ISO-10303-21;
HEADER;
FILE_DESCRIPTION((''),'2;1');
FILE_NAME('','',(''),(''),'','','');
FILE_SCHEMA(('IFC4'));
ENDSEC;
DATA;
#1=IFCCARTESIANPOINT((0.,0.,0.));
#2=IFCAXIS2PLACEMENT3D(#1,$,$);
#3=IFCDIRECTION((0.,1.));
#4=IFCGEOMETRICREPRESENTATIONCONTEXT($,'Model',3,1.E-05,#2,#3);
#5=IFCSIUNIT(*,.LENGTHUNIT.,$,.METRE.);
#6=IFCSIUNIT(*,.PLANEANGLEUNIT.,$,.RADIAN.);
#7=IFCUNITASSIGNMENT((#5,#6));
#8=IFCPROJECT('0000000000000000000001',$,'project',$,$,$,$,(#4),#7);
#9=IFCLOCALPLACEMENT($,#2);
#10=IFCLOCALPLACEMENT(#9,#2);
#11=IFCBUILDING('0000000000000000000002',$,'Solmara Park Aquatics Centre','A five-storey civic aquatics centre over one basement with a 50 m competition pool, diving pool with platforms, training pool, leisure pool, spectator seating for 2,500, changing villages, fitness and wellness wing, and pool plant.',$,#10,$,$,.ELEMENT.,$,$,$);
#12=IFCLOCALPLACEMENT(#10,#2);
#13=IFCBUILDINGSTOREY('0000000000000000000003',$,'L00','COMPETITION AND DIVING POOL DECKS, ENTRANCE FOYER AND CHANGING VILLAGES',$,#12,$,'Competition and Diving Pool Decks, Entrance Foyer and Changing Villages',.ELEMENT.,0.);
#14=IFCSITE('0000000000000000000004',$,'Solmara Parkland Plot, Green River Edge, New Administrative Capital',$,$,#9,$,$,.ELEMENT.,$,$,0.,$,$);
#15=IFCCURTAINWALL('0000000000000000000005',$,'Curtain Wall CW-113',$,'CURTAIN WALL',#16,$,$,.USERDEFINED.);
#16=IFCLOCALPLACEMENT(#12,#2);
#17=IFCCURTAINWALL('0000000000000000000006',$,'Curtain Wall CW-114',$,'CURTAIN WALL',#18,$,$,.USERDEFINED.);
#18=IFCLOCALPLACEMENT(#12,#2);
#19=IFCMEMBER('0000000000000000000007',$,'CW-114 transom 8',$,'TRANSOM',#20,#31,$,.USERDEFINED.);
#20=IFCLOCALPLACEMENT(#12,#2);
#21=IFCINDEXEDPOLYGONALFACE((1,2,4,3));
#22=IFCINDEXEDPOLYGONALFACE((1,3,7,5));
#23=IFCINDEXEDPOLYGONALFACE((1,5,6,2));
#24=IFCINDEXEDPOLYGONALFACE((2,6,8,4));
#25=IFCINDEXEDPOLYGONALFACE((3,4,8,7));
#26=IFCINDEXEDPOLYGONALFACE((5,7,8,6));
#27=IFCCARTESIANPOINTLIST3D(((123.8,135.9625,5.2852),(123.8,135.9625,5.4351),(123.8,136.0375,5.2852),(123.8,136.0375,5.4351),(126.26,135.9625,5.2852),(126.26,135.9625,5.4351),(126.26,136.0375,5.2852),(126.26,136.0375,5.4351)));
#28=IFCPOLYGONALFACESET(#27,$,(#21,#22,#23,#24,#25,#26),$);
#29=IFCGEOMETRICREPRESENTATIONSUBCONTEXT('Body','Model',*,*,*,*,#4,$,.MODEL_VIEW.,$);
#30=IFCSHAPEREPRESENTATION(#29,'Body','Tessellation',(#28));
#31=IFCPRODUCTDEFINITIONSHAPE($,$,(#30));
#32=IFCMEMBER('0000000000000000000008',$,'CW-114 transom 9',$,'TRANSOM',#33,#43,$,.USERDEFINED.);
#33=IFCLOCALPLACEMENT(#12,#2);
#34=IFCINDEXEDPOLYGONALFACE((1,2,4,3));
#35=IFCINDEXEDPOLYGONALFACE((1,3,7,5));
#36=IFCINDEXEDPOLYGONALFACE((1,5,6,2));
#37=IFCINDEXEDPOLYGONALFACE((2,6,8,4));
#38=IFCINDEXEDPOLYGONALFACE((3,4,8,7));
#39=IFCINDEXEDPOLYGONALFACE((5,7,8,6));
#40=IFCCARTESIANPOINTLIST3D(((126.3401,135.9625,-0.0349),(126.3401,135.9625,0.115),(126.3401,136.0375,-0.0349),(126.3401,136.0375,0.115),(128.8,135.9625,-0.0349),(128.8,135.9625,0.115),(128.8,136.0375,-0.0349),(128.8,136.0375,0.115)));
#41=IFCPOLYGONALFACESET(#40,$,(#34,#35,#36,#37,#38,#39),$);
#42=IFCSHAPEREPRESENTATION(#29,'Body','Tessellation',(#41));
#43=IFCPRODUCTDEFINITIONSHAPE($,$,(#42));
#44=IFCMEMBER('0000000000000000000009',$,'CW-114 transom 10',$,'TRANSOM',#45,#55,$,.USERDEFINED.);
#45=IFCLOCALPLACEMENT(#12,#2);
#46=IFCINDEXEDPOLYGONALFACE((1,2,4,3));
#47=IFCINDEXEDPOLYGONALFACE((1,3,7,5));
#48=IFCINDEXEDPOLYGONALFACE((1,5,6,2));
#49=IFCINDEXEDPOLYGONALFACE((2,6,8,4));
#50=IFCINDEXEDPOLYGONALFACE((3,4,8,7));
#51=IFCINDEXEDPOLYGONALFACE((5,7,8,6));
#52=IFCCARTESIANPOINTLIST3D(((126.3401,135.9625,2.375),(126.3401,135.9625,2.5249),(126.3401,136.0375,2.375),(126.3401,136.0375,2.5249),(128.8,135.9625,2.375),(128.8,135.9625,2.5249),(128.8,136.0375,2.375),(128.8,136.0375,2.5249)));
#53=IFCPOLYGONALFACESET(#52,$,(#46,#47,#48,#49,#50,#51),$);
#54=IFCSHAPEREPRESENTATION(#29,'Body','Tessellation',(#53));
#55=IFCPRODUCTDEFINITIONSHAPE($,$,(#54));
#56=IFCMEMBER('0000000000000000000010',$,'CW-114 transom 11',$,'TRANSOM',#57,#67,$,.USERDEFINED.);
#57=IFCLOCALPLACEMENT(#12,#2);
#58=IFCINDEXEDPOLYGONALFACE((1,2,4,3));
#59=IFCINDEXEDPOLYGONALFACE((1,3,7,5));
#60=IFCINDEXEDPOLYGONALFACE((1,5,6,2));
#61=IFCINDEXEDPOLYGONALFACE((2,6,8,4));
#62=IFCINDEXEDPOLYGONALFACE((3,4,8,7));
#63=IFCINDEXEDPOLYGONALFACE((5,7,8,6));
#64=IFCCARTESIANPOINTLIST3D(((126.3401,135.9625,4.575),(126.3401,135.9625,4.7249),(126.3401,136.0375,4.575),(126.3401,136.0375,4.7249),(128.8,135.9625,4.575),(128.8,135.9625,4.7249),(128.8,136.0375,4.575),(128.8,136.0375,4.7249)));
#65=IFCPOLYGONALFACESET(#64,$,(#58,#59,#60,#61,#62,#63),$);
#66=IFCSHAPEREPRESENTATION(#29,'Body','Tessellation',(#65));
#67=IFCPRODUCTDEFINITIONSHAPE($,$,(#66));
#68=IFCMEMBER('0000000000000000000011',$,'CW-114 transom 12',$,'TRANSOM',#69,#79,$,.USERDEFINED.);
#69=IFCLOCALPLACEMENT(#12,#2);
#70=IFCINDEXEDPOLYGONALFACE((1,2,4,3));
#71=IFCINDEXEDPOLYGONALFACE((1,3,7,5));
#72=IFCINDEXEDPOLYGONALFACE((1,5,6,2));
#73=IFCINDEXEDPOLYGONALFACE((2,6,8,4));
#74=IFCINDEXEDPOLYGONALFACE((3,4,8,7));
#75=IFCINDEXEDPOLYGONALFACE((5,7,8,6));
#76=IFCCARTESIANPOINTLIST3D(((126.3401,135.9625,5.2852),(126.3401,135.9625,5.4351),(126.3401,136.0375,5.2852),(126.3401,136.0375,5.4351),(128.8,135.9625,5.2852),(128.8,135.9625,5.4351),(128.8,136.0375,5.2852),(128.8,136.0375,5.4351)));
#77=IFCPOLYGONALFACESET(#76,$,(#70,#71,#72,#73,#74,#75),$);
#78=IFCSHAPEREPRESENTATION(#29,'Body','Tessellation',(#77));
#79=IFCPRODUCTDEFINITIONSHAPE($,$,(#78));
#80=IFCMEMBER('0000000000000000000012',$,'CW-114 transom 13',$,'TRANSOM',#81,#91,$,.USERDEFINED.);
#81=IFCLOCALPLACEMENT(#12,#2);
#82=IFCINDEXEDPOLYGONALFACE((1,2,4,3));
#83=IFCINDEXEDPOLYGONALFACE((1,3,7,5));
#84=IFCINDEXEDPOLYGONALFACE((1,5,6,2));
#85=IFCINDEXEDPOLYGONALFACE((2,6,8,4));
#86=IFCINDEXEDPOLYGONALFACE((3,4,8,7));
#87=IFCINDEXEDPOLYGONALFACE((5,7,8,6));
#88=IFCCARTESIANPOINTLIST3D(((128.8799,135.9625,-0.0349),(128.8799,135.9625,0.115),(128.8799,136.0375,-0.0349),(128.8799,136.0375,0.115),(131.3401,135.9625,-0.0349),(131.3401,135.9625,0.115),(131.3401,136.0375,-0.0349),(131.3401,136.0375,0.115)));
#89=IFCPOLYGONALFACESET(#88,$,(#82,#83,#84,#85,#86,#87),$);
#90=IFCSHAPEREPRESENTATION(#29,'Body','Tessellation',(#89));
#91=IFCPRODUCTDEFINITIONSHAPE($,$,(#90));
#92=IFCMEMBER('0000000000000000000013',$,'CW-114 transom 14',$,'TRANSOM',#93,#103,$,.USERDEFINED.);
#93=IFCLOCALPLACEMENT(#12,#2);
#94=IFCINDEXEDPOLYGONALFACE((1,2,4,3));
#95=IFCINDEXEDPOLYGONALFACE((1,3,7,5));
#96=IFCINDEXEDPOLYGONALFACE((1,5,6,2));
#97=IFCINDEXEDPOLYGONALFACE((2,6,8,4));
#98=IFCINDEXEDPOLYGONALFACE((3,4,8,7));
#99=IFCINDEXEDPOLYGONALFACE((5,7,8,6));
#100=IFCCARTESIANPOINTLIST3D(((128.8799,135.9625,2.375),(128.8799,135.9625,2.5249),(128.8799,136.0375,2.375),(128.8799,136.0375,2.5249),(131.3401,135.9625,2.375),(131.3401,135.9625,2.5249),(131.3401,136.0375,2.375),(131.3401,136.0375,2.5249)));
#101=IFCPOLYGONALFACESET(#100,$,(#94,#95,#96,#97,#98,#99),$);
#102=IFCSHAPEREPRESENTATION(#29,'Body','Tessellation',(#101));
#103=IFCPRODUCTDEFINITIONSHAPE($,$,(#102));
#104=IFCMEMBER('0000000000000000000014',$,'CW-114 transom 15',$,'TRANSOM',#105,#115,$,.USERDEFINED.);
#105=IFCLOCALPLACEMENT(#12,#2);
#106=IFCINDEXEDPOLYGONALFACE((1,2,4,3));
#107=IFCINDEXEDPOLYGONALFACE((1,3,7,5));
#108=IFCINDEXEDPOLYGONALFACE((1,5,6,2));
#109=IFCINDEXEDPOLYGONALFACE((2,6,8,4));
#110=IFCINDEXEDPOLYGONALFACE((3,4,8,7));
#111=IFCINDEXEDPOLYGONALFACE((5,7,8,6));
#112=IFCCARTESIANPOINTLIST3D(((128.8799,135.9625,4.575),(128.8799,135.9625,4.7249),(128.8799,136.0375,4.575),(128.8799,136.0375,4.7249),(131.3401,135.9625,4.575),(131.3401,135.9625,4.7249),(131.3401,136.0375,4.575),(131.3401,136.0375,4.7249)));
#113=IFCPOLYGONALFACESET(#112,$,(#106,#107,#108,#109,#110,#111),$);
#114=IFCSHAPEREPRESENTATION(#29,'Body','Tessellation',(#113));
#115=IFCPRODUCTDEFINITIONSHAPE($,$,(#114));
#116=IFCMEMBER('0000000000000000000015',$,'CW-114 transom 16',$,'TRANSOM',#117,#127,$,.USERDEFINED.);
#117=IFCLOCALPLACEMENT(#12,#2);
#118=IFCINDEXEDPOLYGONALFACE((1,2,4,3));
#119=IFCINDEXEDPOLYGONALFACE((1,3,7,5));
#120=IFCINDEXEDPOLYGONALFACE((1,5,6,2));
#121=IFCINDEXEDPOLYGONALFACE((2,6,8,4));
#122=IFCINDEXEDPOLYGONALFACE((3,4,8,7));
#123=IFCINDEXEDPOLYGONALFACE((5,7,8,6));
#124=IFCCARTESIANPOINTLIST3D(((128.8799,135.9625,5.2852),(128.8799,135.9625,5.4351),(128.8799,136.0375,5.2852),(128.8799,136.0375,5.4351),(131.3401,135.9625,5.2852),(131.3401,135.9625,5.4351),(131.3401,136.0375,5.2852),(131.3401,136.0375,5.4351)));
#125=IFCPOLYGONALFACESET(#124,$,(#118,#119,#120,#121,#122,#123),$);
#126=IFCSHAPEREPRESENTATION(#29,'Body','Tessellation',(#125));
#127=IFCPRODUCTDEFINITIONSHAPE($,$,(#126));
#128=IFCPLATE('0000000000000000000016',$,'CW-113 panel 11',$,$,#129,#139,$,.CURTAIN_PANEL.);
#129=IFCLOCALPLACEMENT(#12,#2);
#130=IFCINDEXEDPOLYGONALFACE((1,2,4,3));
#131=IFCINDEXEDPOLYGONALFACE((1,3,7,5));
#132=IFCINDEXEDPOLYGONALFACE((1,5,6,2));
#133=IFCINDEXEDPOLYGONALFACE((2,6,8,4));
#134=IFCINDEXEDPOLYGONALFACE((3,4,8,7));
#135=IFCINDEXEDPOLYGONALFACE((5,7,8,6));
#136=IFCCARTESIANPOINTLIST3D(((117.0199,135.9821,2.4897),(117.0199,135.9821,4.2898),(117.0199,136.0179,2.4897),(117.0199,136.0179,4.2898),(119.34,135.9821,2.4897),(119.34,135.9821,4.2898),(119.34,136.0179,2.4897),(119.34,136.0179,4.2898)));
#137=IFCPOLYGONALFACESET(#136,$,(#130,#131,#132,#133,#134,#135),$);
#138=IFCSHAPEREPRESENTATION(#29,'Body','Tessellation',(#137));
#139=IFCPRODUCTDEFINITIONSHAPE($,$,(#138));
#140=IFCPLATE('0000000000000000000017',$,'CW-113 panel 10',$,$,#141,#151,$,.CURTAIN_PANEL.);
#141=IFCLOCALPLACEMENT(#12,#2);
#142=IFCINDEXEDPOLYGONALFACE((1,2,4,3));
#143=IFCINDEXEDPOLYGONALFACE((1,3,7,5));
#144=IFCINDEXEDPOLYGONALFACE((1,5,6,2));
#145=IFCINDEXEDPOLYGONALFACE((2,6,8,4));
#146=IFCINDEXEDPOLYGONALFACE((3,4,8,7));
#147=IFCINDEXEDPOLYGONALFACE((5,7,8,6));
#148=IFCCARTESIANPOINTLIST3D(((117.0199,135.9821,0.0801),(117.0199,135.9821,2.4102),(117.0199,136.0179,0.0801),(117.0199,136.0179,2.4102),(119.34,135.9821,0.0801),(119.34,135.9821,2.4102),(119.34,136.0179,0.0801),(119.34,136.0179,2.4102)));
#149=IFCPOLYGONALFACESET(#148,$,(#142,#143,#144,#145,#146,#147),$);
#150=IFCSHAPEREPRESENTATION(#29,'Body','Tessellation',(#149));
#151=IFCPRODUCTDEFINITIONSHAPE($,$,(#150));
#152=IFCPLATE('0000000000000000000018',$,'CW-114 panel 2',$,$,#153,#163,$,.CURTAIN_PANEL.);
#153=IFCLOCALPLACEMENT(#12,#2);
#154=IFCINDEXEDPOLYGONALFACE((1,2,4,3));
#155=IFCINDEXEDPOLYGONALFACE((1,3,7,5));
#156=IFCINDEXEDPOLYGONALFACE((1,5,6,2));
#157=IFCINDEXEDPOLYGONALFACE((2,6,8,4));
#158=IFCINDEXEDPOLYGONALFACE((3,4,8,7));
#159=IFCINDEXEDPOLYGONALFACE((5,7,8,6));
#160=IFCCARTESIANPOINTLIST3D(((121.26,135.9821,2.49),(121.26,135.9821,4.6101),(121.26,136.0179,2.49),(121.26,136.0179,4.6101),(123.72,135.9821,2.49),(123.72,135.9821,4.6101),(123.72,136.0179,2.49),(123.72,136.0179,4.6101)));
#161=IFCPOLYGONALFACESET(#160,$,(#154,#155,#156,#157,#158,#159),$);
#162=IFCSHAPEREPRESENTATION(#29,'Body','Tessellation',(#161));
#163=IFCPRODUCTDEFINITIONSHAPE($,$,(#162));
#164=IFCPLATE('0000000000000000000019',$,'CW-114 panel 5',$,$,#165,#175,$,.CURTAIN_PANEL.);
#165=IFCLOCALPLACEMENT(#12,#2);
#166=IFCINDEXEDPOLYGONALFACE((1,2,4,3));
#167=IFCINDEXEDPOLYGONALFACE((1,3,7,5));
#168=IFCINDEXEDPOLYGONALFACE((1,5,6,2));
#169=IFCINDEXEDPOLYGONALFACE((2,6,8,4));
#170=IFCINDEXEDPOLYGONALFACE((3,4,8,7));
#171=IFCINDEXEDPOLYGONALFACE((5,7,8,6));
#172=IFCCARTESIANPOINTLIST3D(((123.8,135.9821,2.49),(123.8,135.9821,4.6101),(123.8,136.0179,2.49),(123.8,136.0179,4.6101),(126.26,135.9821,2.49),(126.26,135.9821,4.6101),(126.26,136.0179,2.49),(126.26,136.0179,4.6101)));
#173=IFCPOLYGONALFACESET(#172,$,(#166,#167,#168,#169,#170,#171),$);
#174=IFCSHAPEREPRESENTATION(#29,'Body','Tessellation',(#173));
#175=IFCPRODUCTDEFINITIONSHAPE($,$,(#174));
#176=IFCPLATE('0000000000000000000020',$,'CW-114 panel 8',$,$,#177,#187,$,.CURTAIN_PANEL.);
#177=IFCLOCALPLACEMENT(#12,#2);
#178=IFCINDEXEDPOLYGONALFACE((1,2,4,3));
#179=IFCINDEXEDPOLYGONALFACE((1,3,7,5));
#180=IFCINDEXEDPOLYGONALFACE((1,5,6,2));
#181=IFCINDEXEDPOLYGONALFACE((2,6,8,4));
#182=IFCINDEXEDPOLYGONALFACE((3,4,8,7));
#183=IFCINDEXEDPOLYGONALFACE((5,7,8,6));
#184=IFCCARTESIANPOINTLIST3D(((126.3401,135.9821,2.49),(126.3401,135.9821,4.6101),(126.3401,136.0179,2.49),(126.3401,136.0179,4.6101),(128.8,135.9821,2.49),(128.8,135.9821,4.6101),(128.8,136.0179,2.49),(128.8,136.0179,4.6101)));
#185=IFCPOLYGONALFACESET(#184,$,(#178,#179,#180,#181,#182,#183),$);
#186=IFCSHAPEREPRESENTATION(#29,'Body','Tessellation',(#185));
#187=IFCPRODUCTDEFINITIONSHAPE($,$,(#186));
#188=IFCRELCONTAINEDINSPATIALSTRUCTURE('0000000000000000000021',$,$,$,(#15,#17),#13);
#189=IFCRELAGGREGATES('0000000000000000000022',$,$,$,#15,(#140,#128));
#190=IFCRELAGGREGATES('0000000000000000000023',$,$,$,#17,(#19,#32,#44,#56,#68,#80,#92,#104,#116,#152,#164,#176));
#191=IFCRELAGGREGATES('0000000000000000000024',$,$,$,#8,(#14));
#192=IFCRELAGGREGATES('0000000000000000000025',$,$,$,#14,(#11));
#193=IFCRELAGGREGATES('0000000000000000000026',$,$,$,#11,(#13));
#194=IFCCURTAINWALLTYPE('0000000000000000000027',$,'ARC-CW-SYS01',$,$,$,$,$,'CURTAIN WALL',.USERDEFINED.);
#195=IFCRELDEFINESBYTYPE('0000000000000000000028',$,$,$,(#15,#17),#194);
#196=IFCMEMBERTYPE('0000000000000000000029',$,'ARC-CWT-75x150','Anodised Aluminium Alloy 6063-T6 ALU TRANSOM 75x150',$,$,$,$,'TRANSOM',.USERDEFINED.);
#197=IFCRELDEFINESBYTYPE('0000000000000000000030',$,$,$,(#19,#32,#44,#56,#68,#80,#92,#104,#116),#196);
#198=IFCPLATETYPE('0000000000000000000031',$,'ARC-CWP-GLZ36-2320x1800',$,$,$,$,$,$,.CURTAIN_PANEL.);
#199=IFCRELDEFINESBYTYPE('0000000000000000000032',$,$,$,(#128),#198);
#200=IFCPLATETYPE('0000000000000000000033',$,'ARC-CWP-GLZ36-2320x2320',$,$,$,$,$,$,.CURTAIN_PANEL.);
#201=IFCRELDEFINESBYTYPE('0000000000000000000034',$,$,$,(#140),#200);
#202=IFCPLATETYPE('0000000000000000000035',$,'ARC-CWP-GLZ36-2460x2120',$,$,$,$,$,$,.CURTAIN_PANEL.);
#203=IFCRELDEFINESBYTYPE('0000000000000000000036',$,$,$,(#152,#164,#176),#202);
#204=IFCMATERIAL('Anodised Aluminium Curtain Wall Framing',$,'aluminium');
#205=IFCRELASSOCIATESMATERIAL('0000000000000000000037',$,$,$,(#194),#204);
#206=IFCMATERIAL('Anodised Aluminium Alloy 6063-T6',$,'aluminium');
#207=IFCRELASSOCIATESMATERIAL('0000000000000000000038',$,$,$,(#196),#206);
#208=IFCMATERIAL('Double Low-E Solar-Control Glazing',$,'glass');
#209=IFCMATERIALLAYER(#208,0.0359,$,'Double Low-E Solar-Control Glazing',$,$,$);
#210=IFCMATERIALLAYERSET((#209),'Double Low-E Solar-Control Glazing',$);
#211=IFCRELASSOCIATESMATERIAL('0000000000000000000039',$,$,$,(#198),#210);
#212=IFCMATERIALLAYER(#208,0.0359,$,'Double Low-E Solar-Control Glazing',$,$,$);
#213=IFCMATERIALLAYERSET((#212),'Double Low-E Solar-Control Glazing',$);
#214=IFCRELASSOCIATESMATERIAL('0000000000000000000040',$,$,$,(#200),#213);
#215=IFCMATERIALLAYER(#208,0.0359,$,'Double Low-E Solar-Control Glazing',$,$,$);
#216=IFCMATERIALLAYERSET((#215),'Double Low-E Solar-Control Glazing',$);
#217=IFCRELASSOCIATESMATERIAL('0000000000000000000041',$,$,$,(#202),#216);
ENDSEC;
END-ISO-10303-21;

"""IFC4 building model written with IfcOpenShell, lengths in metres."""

from ifc_helpers import new_model, si_unit, direction, frame, origin, origin_2d, place, context, subcontext, project, spatial, rectangle, extrude, material, layer, layer_set, material_profile, profile_set, type_object, element, aggregate, save


model = new_model("IFC4")

# Units and contexts
model_context = context("Model", 3, precision=1e-05, world=origin(), true_north=direction((0.0, 1.0)))
body_context = subcontext(model_context, "Body", "Model", "MODEL_VIEW")
ifc_project = project(units=[si_unit("LENGTHUNIT", "METRE"), si_unit("PLANEANGLEUNIT", "RADIAN")], contexts=[model_context])

# Site, building, storey
site_placement = place(None, origin())
site = spatial("IfcSite", under=ifc_project, at=site_placement, Name="Solmara Parkland Plot, Green River Edge, New Administrative Capital", CompositionType="ELEMENT", RefElevation=0.0)
building_placement = place(site_placement, origin())
building = spatial("IfcBuilding", under=site, at=building_placement, Name="Solmara Park Aquatics Centre", Description="A five-storey civic aquatics centre over one basement with a 50 m competition pool, diving pool with platforms, training pool, leisure pool, spectator seating for 2,500, changing villages, fitness and wellness wing, and pool plant.", CompositionType="ELEMENT")
storey_placement = place(building_placement, origin())
storey = spatial("IfcBuildingStorey", under=building, at=storey_placement, Name="L00", Description="COMPETITION AND DIVING POOL DECKS, ENTRANCE FOYER AND CHANGING VILLAGES", LongName="Competition and Diving Pool Decks, Entrance Foyer and Changing Villages", CompositionType="ELEMENT", Elevation=0.0)

# Curtain wall
ifc_material_1 = material(Name="Anodised Aluminium Curtain Wall Framing", Category="aluminium")
curtain_wall_type = type_object("IfcCurtainWallType", Name="ARC-CW-SYS01", ElementType="CURTAIN WALL", PredefinedType="USERDEFINED", material=ifc_material_1)
curtain_wall_1_placement = place(storey_placement, origin())
curtain_wall_1 = element("IfcCurtainWall", 1, at=curtain_wall_1_placement, inside=storey, type_object=curtain_wall_type, Name="Curtain Wall CW-113", ObjectType="CURTAIN WALL", PredefinedType="USERDEFINED")
ifc_material_2 = material(Name="Anodised Aluminium Alloy 6063-T6", Category="aluminium")

# Curtain wall
curtain_wall_2_placement = place(storey_placement, origin())
curtain_wall_2 = element("IfcCurtainWall", 2, at=curtain_wall_2_placement, inside=storey, type_object=curtain_wall_type, Name="Curtain Wall CW-114", ObjectType="CURTAIN WALL", PredefinedType="USERDEFINED")

# Members
ifc_material_profile_1 = material_profile(ifc_material_2, rectangle(XDim=0.075, YDim=0.1499, at=origin_2d()), Name="ALU TRANSOM 75x150")
ifc_profile_set_1 = profile_set([ifc_material_profile_1], Name="Anodised Aluminium Alloy 6063-T6")
member_type_1 = type_object("IfcMemberType", Name="ARC-CWT-75x150", Description="Anodised Aluminium Alloy 6063-T6 ALU TRANSOM 75x150", ElementType="TRANSOM", PredefinedType="USERDEFINED", material=ifc_profile_set_1)
member_1_placement = place(storey_placement, frame((123.8, 136.0, 5.3601), z_axis=(1.0, 0.0, 0.0), x_axis=(0.0, 1.0, 0.0)))
member_1 = element("IfcMember", 3, at=member_1_placement, type_object=member_type_1, Name="CW-114 transom 8", ObjectType="TRANSOM", PredefinedType="USERDEFINED", context=body_context, shape_type="SweptSolid", body=[
    extrude(rectangle(XDim=0.075, YDim=0.1499, at=origin_2d()), origin(), (0.0, 0.0, 1.0), 2.46),
])
member_2_placement = place(storey_placement, frame((126.3401, 136.0, 0.04), z_axis=(1.0, 0.0, 0.0), x_axis=(0.0, 1.0, 0.0)))
member_2 = element("IfcMember", 4, at=member_2_placement, type_object=member_type_1, Name="CW-114 transom 9", ObjectType="TRANSOM", PredefinedType="USERDEFINED", context=body_context, shape_type="SweptSolid", body=[
    extrude(rectangle(XDim=0.075, YDim=0.1499, at=origin_2d()), origin(), (0.0, 0.0, 1.0), 2.46),
])
member_3_placement = place(storey_placement, frame((126.3401, 136.0, 2.45), z_axis=(1.0, 0.0, 0.0), x_axis=(0.0, 1.0, 0.0)))
member_3 = element("IfcMember", 5, at=member_3_placement, type_object=member_type_1, Name="CW-114 transom 10", ObjectType="TRANSOM", PredefinedType="USERDEFINED", context=body_context, shape_type="SweptSolid", body=[
    extrude(rectangle(XDim=0.075, YDim=0.1499, at=origin_2d()), origin(), (0.0, 0.0, 1.0), 2.46),
])
member_4_placement = place(storey_placement, frame((126.3401, 136.0, 4.6499), z_axis=(1.0, 0.0, 0.0), x_axis=(0.0, 1.0, 0.0)))
member_4 = element("IfcMember", 6, at=member_4_placement, type_object=member_type_1, Name="CW-114 transom 11", ObjectType="TRANSOM", PredefinedType="USERDEFINED", context=body_context, shape_type="SweptSolid", body=[
    extrude(rectangle(XDim=0.075, YDim=0.1499, at=origin_2d()), origin(), (0.0, 0.0, 1.0), 2.46),
])
member_5_placement = place(storey_placement, frame((126.3401, 136.0, 5.3601), z_axis=(1.0, 0.0, 0.0), x_axis=(0.0, 1.0, 0.0)))
member_5 = element("IfcMember", 7, at=member_5_placement, type_object=member_type_1, Name="CW-114 transom 12", ObjectType="TRANSOM", PredefinedType="USERDEFINED", context=body_context, shape_type="SweptSolid", body=[
    extrude(rectangle(XDim=0.075, YDim=0.1499, at=origin_2d()), origin(), (0.0, 0.0, 1.0), 2.46),
])
member_6_placement = place(storey_placement, frame((128.8799, 136.0, 0.04), z_axis=(1.0, 0.0, 0.0), x_axis=(0.0, 1.0, 0.0)))
member_6 = element("IfcMember", 8, at=member_6_placement, type_object=member_type_1, Name="CW-114 transom 13", ObjectType="TRANSOM", PredefinedType="USERDEFINED", context=body_context, shape_type="SweptSolid", body=[
    extrude(rectangle(XDim=0.075, YDim=0.1499, at=origin_2d()), origin(), (0.0, 0.0, 1.0), 2.4602),
])
member_7_placement = place(storey_placement, frame((128.8799, 136.0, 2.45), z_axis=(1.0, 0.0, 0.0), x_axis=(0.0, 1.0, 0.0)))
member_7 = element("IfcMember", 9, at=member_7_placement, type_object=member_type_1, Name="CW-114 transom 14", ObjectType="TRANSOM", PredefinedType="USERDEFINED", context=body_context, shape_type="SweptSolid", body=[
    extrude(rectangle(XDim=0.075, YDim=0.1499, at=origin_2d()), origin(), (0.0, 0.0, 1.0), 2.4602),
])
member_8_placement = place(storey_placement, frame((128.8799, 136.0, 4.6499), z_axis=(1.0, 0.0, 0.0), x_axis=(0.0, 1.0, 0.0)))
member_8 = element("IfcMember", 10, at=member_8_placement, type_object=member_type_1, Name="CW-114 transom 15", ObjectType="TRANSOM", PredefinedType="USERDEFINED", context=body_context, shape_type="SweptSolid", body=[
    extrude(rectangle(XDim=0.075, YDim=0.1499, at=origin_2d()), origin(), (0.0, 0.0, 1.0), 2.4602),
])
member_9_placement = place(storey_placement, frame((128.8799, 136.0, 5.3601), z_axis=(1.0, 0.0, 0.0), x_axis=(0.0, 1.0, 0.0)))
member_9 = element("IfcMember", 11, at=member_9_placement, type_object=member_type_1, Name="CW-114 transom 16", ObjectType="TRANSOM", PredefinedType="USERDEFINED", context=body_context, shape_type="SweptSolid", body=[
    extrude(rectangle(XDim=0.075, YDim=0.1499, at=origin_2d()), origin(), (0.0, 0.0, 1.0), 2.4602),
])

# Plates
ifc_material_3 = material(Name="Double Low-E Solar-Control Glazing", Category="glass")
ifc_layer_1 = layer(ifc_material_3, 0.0359, Name="Double Low-E Solar-Control Glazing")
ifc_layer_set_1 = layer_set([ifc_layer_1], Name="Double Low-E Solar-Control Glazing")
plate_type_1 = type_object("IfcPlateType", Name="ARC-CWP-GLZ36-2320x1800", PredefinedType="CURTAIN_PANEL", material=ifc_layer_set_1)
plate_1_placement = place(storey_placement, frame((118.1799, 136.0, 2.4897), z_axis=(0.0, 0.0, 1.0), x_axis=(1.0, 0.0, 0.0)))
plate_1 = element("IfcPlate", 12, at=plate_1_placement, type_object=plate_type_1, Name="CW-113 panel 11", PredefinedType="CURTAIN_PANEL", context=body_context, shape_type="SweptSolid", body=[
    extrude(rectangle(XDim=2.3201, YDim=0.0359, at=origin_2d()), origin(), (0.0, 0.0, 1.0), 1.8),
])
ifc_layer_2 = layer(ifc_material_3, 0.0359, Name="Double Low-E Solar-Control Glazing")
ifc_layer_set_2 = layer_set([ifc_layer_2], Name="Double Low-E Solar-Control Glazing")
plate_type_2 = type_object("IfcPlateType", Name="ARC-CWP-GLZ36-2320x2320", PredefinedType="CURTAIN_PANEL", material=ifc_layer_set_2)
plate_2_placement = place(storey_placement, frame((118.1799, 136.0, 0.0801), z_axis=(0.0, 0.0, 1.0), x_axis=(1.0, 0.0, 0.0)))
plate_2 = element("IfcPlate", 13, at=plate_2_placement, type_object=plate_type_2, Name="CW-113 panel 10", PredefinedType="CURTAIN_PANEL", context=body_context, shape_type="SweptSolid", body=[
    extrude(rectangle(XDim=2.3201, YDim=0.0359, at=origin_2d()), origin(), (0.0, 0.0, 1.0), 2.3301),
])
ifc_layer_3 = layer(ifc_material_3, 0.0359, Name="Double Low-E Solar-Control Glazing")
ifc_layer_set_3 = layer_set([ifc_layer_3], Name="Double Low-E Solar-Control Glazing")
plate_type_3 = type_object("IfcPlateType", Name="ARC-CWP-GLZ36-2460x2120", PredefinedType="CURTAIN_PANEL", material=ifc_layer_set_3)
plate_3_placement = place(storey_placement, frame((122.49, 136.0, 2.49), z_axis=(0.0, 0.0, 1.0), x_axis=(1.0, 0.0, 0.0)))
plate_3 = element("IfcPlate", 14, at=plate_3_placement, type_object=plate_type_3, Name="CW-114 panel 2", PredefinedType="CURTAIN_PANEL", context=body_context, shape_type="SweptSolid", body=[
    extrude(rectangle(XDim=2.46, YDim=0.0359, at=origin_2d()), origin(), (0.0, 0.0, 1.0), 2.1201),
])
plate_4_placement = place(storey_placement, frame((125.03, 136.0, 2.49), z_axis=(0.0, 0.0, 1.0), x_axis=(1.0, 0.0, 0.0)))
plate_4 = element("IfcPlate", 15, at=plate_4_placement, type_object=plate_type_3, Name="CW-114 panel 5", PredefinedType="CURTAIN_PANEL", context=body_context, shape_type="SweptSolid", body=[
    extrude(rectangle(XDim=2.46, YDim=0.0359, at=origin_2d()), origin(), (0.0, 0.0, 1.0), 2.1201),
])
plate_5_placement = place(storey_placement, frame((127.5701, 136.0, 2.49), z_axis=(0.0, 0.0, 1.0), x_axis=(1.0, 0.0, 0.0)))
plate_5 = element("IfcPlate", 16, at=plate_5_placement, type_object=plate_type_3, Name="CW-114 panel 8", PredefinedType="CURTAIN_PANEL", context=body_context, shape_type="SweptSolid", body=[
    extrude(rectangle(XDim=2.46, YDim=0.0359, at=origin_2d()), origin(), (0.0, 0.0, 1.0), 2.1201),
])
aggregate(curtain_wall_1, [plate_2, plate_1])
aggregate(curtain_wall_2, [member_1, member_2, member_3, member_4, member_5, member_6, member_7, member_8, member_9, plate_3, plate_4, plate_5])

save(model, "model.ifc")
